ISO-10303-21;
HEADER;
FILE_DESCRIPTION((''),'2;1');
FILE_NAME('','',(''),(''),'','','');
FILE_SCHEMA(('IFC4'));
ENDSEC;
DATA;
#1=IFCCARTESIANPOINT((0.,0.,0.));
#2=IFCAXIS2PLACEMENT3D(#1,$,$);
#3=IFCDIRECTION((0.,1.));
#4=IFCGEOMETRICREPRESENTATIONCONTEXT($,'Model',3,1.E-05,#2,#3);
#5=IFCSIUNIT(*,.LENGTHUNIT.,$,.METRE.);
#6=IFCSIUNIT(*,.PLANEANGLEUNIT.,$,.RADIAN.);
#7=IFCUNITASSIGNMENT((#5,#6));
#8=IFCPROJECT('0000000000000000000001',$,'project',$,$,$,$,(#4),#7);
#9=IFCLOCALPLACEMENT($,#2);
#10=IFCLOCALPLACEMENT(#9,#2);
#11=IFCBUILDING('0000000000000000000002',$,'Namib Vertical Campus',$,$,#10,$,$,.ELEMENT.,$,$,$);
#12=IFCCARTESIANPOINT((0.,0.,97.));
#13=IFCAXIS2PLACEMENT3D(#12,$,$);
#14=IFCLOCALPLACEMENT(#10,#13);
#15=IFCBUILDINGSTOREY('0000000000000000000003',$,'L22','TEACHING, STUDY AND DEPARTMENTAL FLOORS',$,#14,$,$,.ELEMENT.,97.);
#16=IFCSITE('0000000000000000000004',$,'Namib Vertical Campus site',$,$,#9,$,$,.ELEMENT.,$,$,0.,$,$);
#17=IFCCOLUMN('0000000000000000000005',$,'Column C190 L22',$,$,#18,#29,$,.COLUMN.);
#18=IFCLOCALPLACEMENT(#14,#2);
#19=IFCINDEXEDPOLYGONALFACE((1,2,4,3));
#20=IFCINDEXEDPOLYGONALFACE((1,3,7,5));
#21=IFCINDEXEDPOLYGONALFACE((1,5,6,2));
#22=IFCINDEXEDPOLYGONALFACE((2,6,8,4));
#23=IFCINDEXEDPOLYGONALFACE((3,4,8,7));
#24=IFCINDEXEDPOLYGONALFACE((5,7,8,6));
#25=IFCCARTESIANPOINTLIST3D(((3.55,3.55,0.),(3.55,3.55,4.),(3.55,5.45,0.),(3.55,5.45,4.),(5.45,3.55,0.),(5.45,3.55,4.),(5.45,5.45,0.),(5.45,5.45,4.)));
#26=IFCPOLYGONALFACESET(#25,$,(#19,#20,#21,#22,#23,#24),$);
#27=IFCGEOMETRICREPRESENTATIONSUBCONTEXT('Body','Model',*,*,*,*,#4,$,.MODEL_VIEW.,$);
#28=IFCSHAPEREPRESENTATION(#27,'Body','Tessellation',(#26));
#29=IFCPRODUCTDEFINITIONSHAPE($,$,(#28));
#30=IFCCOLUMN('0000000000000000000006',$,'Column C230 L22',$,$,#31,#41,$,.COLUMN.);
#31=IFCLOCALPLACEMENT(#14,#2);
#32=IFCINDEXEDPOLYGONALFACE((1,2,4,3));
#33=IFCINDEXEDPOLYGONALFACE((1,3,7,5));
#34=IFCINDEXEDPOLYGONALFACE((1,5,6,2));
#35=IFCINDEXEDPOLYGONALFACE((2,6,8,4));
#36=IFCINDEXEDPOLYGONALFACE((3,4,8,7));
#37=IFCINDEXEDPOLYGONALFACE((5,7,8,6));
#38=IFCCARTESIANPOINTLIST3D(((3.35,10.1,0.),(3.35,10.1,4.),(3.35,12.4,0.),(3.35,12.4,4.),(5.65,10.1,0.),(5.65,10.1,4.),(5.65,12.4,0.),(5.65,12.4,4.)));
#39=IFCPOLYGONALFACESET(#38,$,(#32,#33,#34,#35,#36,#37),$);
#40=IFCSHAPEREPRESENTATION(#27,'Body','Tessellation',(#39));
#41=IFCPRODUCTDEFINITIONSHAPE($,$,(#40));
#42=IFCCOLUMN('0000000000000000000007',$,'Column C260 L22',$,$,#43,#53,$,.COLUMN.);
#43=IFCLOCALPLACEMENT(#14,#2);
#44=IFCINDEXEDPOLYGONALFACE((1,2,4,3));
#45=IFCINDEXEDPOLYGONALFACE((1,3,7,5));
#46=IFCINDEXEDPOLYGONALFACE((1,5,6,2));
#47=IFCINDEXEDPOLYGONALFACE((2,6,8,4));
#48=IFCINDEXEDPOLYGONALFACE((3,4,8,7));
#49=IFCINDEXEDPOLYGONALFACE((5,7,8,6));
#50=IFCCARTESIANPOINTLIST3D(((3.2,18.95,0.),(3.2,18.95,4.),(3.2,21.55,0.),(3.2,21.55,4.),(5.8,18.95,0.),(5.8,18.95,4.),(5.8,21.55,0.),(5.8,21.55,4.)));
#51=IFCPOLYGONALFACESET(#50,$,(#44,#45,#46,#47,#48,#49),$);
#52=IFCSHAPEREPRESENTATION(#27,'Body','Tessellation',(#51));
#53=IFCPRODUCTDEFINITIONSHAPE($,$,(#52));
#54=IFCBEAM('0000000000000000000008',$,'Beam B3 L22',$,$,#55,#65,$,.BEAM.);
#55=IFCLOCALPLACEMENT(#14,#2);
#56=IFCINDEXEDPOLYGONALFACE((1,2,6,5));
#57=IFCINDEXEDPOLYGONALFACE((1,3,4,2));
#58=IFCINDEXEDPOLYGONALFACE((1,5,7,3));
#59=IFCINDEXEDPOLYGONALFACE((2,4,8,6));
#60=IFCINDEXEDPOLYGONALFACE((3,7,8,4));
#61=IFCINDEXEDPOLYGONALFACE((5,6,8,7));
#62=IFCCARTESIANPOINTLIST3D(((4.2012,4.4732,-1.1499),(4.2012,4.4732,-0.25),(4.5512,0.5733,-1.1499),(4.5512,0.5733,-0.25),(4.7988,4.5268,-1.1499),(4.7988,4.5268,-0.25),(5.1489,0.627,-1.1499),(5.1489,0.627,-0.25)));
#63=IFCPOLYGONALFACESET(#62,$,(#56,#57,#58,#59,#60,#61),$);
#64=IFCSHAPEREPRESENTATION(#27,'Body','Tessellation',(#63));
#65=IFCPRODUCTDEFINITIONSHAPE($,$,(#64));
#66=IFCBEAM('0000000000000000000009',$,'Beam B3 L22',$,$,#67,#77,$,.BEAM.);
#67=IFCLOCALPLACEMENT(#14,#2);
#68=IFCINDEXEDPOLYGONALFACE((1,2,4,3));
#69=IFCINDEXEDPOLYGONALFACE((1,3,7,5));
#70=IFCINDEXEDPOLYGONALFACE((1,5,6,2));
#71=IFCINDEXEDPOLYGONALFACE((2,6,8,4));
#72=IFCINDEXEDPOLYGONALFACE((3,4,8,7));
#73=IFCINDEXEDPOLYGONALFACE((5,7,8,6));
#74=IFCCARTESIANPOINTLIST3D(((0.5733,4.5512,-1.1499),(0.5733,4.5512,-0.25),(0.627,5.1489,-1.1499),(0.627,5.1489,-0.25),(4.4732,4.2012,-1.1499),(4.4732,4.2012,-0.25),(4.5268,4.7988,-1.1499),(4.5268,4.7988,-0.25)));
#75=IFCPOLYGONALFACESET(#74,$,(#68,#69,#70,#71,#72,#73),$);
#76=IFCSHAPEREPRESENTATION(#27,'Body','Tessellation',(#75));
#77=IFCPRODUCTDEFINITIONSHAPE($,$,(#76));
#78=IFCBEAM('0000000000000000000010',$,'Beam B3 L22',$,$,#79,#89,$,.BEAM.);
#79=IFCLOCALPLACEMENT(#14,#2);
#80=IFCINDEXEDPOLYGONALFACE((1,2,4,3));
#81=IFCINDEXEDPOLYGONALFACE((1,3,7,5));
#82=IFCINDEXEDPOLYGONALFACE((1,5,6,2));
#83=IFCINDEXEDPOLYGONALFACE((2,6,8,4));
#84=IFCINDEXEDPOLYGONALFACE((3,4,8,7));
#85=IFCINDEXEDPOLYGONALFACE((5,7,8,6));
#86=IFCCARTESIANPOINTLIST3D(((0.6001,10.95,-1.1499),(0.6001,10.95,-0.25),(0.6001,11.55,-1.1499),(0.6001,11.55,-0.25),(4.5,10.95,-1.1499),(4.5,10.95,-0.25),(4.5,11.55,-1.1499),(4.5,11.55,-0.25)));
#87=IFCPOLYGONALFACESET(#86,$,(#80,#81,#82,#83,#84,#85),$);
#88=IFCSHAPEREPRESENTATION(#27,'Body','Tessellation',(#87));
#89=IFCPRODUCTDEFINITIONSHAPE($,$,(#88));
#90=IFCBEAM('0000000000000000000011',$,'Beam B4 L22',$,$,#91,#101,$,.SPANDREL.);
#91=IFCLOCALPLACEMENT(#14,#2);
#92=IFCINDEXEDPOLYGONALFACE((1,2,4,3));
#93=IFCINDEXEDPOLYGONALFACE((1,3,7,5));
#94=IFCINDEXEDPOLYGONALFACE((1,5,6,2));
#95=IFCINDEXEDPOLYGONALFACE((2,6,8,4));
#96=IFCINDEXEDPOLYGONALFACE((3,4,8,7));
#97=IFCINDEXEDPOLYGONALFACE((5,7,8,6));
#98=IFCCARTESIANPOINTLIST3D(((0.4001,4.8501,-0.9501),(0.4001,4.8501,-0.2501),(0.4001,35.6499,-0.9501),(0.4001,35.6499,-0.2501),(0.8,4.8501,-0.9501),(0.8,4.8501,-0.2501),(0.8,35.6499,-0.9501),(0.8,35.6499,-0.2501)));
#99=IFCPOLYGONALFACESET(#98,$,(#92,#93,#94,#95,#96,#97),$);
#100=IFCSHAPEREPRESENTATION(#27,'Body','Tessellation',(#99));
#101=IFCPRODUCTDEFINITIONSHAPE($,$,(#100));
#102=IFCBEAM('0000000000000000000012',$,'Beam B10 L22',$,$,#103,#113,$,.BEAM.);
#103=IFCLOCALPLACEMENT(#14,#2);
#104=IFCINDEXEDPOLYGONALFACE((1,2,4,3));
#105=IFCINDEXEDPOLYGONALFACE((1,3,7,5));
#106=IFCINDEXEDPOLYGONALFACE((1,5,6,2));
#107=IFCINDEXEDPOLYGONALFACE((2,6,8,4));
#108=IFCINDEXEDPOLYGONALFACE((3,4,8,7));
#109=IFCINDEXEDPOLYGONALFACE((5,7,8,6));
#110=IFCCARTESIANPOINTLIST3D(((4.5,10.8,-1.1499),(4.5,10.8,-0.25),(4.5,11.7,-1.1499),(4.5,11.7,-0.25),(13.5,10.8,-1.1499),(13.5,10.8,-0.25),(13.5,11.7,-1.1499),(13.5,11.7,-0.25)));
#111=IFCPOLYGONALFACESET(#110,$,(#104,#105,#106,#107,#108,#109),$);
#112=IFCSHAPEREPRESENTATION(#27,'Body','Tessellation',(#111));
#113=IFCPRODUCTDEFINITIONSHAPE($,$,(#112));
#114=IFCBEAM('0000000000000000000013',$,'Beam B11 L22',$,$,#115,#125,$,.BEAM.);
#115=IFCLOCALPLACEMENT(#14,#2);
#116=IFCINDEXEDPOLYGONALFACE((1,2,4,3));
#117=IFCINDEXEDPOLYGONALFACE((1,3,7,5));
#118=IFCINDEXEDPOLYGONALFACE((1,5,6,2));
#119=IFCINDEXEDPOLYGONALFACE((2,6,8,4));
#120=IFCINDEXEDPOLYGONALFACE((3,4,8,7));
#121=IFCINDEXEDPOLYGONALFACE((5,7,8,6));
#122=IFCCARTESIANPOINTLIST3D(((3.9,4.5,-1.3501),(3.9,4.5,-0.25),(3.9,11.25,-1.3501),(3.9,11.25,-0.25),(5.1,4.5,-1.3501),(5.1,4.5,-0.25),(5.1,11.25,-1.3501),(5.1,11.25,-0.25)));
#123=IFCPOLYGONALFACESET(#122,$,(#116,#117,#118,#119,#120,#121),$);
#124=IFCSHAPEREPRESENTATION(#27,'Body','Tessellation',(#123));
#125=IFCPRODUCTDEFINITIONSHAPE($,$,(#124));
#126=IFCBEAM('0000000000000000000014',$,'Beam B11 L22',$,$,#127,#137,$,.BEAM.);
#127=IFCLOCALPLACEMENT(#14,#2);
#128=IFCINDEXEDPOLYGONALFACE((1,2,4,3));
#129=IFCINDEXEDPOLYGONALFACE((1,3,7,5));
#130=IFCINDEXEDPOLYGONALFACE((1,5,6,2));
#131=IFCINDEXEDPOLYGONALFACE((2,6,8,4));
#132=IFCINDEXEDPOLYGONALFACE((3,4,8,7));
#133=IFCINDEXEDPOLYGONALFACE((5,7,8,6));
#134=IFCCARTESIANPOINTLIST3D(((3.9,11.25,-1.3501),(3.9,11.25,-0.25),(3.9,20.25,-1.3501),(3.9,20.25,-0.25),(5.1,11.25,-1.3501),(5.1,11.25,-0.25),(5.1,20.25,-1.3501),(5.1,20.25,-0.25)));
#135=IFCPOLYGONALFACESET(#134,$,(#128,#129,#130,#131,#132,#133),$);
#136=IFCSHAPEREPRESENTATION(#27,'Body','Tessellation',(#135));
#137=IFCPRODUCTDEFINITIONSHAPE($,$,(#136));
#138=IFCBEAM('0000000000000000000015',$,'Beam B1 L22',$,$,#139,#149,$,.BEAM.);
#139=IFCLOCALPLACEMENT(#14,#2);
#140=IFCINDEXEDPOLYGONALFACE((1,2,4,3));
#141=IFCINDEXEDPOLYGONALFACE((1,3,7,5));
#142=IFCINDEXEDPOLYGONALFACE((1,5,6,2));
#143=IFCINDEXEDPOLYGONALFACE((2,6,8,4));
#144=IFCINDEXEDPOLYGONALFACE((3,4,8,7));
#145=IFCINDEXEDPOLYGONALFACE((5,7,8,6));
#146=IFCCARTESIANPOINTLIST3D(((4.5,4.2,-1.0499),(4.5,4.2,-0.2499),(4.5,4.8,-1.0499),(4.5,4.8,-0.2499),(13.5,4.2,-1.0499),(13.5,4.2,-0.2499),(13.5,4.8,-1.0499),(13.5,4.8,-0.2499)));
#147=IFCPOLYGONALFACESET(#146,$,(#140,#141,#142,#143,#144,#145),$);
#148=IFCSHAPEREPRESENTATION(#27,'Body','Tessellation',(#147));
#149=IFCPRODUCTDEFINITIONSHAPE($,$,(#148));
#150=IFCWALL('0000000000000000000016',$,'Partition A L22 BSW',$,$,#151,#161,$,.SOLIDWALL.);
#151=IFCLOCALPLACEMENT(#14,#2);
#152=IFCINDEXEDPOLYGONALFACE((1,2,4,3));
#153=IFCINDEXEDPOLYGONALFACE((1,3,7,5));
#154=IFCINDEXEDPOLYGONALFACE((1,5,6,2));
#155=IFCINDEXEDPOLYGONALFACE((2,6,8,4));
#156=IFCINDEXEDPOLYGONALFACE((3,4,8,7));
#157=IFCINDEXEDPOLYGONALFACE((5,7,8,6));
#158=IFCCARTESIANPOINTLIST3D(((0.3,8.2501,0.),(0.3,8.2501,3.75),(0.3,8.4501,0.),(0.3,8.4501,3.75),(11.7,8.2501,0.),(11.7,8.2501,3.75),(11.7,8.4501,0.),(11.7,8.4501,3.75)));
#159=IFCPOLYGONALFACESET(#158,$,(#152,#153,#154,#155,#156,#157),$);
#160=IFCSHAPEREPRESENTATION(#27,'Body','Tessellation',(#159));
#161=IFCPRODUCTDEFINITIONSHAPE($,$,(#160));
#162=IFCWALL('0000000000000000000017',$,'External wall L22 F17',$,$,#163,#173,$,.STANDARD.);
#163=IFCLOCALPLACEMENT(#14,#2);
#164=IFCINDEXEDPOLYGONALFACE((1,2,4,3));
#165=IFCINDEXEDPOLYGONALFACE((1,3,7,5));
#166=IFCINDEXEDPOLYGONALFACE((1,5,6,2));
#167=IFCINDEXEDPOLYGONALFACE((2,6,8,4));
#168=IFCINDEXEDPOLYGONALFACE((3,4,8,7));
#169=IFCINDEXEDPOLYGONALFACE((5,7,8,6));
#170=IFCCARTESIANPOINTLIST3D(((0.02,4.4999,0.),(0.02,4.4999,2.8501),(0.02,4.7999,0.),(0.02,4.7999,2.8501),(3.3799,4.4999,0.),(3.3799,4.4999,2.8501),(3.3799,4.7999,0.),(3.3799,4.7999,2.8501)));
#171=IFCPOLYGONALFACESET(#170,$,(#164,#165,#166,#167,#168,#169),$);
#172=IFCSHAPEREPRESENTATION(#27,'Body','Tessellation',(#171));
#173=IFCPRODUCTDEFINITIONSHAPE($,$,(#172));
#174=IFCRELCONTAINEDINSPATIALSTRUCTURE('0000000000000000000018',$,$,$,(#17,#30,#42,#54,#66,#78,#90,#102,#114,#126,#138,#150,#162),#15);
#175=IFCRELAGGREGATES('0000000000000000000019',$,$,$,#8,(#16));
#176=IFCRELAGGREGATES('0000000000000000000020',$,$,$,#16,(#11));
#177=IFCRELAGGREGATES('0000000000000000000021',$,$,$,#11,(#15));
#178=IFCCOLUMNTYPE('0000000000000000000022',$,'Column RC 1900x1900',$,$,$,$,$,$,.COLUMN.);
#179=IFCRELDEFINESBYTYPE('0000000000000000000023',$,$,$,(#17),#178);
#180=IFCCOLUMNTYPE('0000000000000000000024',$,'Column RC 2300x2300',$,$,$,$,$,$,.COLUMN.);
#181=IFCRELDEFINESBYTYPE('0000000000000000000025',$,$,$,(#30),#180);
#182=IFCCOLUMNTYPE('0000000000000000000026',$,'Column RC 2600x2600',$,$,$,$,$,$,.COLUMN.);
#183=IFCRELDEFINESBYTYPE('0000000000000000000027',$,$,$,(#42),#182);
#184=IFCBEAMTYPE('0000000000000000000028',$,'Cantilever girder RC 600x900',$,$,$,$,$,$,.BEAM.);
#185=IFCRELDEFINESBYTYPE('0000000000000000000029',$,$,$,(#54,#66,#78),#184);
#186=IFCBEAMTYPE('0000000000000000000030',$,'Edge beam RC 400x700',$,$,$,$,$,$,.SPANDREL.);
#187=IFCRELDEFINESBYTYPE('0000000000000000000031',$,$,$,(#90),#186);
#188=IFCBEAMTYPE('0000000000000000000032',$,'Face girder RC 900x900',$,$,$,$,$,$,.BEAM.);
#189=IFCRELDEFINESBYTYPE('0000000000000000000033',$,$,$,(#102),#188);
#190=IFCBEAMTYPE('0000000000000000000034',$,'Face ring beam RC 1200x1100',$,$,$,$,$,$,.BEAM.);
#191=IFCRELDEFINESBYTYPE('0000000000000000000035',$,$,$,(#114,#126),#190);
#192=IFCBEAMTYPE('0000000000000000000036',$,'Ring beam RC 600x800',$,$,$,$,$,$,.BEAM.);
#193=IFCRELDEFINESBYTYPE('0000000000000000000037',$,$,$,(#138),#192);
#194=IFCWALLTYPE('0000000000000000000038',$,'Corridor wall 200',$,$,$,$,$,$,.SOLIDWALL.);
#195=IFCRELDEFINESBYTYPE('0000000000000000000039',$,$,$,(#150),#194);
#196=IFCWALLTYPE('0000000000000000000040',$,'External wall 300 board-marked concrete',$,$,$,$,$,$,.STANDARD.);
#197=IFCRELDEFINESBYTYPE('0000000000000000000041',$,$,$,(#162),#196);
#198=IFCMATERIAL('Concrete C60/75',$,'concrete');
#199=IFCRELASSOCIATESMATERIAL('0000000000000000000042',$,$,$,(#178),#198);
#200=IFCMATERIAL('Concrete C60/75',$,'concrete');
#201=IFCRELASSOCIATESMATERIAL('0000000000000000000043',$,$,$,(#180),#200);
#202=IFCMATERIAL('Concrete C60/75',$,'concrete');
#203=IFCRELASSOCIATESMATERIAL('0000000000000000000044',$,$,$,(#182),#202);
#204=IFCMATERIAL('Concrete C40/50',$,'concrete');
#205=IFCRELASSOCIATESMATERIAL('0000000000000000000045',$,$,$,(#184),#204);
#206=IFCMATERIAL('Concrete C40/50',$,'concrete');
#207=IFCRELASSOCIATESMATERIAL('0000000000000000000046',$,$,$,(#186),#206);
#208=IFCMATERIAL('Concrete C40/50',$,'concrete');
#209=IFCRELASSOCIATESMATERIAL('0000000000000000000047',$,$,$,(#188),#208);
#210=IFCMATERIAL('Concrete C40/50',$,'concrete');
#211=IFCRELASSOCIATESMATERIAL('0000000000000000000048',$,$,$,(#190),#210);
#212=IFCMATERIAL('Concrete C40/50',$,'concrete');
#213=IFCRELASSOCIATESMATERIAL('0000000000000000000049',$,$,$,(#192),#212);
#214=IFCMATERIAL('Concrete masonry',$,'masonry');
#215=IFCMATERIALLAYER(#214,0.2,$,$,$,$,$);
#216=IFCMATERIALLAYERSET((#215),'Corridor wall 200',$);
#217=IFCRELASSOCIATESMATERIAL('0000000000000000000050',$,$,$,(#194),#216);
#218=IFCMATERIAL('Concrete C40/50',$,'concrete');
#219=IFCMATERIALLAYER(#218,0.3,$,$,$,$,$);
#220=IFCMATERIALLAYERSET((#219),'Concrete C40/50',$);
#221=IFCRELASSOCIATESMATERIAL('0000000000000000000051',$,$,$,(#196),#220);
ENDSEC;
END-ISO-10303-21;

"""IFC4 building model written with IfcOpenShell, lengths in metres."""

from ifc_helpers import new_model, si_unit, direction, frame, frame_2d, origin, origin_2d, place, context, subcontext, project, spatial, rectangle, extrude, material, layer, layer_set, material_profile, profile_set, type_object, element, save


model = new_model("IFC4")

# Units and contexts
model_context = context("Model", 3, precision=1e-05, world=origin(), true_north=direction((0.0, 1.0)))
body_context = subcontext(model_context, "Body", "Model", "MODEL_VIEW")
ifc_project = project(units=[si_unit("LENGTHUNIT", "METRE"), si_unit("PLANEANGLEUNIT", "RADIAN")], contexts=[model_context])

# Site, building, storey
site_placement = place(None, origin())
site = spatial("IfcSite", under=ifc_project, at=site_placement, Name="Namib Vertical Campus site", CompositionType="ELEMENT", RefElevation=0.0)
building_placement = place(site_placement, origin())
building = spatial("IfcBuilding", under=site, at=building_placement, Name="Namib Vertical Campus", CompositionType="ELEMENT")
storey_placement = place(building_placement, frame((0.0, 0.0, 97.0)))
storey = spatial("IfcBuildingStorey", under=building, at=storey_placement, Name="L22", Description="TEACHING, STUDY AND DEPARTMENTAL FLOORS", CompositionType="ELEMENT", Elevation=97.0)

# Columns
ifc_material_1 = material(Name="Concrete C60/75", Category="concrete")
ifc_material_profile_1 = material_profile(ifc_material_1, rectangle(XDim=1.8999, YDim=1.8999, at=origin_2d()))
ifc_profile_set_1 = profile_set([ifc_material_profile_1], Name="Concrete C60/75")
column_type_1 = type_object("IfcColumnType", Name="Column RC 1900x1900", PredefinedType="COLUMN", material=ifc_profile_set_1)
column_1_placement = place(storey_placement, frame((4.5, 4.5, 0.0), z_axis=(0.0, 0.0, 1.0), x_axis=(1.0, 0.0, 0.0)))
element("IfcColumn", 1, at=column_1_placement, inside=storey, type_object=column_type_1, Name="Column C190 L22", PredefinedType="COLUMN", context=body_context, shape_type="SweptSolid", body=[
    extrude(rectangle(XDim=1.8999, YDim=1.8999, at=origin_2d()), origin(), (0.0, 0.0, 1.0), 4.0),
])
ifc_material_2 = material(Name="Concrete C60/75", Category="concrete")
ifc_material_profile_2 = material_profile(ifc_material_2, rectangle(XDim=2.3, YDim=2.3, at=origin_2d()))
ifc_profile_set_2 = profile_set([ifc_material_profile_2], Name="Concrete C60/75")
column_type_2 = type_object("IfcColumnType", Name="Column RC 2300x2300", PredefinedType="COLUMN", material=ifc_profile_set_2)
column_2_placement = place(storey_placement, frame((4.5, 11.25, 0.0), z_axis=(0.0, 0.0, 1.0), x_axis=(1.0, 0.0, 0.0)))
element("IfcColumn", 2, at=column_2_placement, inside=storey, type_object=column_type_2, Name="Column C230 L22", PredefinedType="COLUMN", context=body_context, shape_type="SweptSolid", body=[
    extrude(rectangle(XDim=2.3, YDim=2.3, at=origin_2d()), origin(), (0.0, 0.0, 1.0), 4.0),
])
ifc_material_3 = material(Name="Concrete C60/75", Category="concrete")
ifc_material_profile_3 = material_profile(ifc_material_3, rectangle(XDim=2.6001, YDim=2.6001, at=origin_2d()))
ifc_profile_set_3 = profile_set([ifc_material_profile_3], Name="Concrete C60/75")
column_type_3 = type_object("IfcColumnType", Name="Column RC 2600x2600", PredefinedType="COLUMN", material=ifc_profile_set_3)
column_3_placement = place(storey_placement, frame((4.5, 20.25, 0.0), z_axis=(0.0, 0.0, 1.0), x_axis=(1.0, 0.0, 0.0)))
element("IfcColumn", 3, at=column_3_placement, inside=storey, type_object=column_type_3, Name="Column C260 L22", PredefinedType="COLUMN", context=body_context, shape_type="SweptSolid", body=[
    extrude(rectangle(XDim=2.6001, YDim=2.6001, at=origin_2d()), origin(), (0.0, 0.0, 1.0), 4.0),
])

# Beams
ifc_material_4 = material(Name="Concrete C40/50", Category="concrete")
ifc_material_profile_4 = material_profile(ifc_material_4, rectangle(XDim=0.6001, YDim=0.8999, at=origin_2d()))
ifc_profile_set_4 = profile_set([ifc_material_profile_4], Name="Concrete C40/50")
beam_type_1 = type_object("IfcBeamType", Name="Cantilever girder RC 600x900", PredefinedType="BEAM", material=ifc_profile_set_4)
for number, where, z_axis, x_axis, name in (
    (4, (4.5, 4.5, -0.7), (0.089411, -0.995995, 0.0), (0.995995, 0.089411, 0.0), "Beam B3 L22"),
    (5, (4.5, 4.5, -0.7), (-0.995995, 0.089411, 0.0), (-0.089411, -0.995995, 0.0), "Beam B3 L22"),
):
    element("IfcBeam", number, at=place(storey_placement, frame(where, z_axis=z_axis, x_axis=x_axis)), inside=storey, type_object=beam_type_1, Name=name, PredefinedType="BEAM", context=body_context, shape_type="SweptSolid", body=[
        extrude(rectangle(XDim=0.6001, YDim=0.8999, at=origin_2d()), origin(), (0.0, 0.0, 1.0), 3.9155),
    ])
beam_1_placement = place(storey_placement, frame((4.5, 11.25, -0.7), z_axis=(-1.0, 0.0, 0.0), x_axis=(0.0, -1.0, 0.0)))
element("IfcBeam", 6, at=beam_1_placement, inside=storey, type_object=beam_type_1, Name="Beam B3 L22", PredefinedType="BEAM", context=body_context, shape_type="SweptSolid", body=[
    extrude(rectangle(XDim=0.6001, YDim=0.8999, at=origin_2d()), origin(), (0.0, 0.0, 1.0), 3.8999),
])
ifc_material_5 = material(Name="Concrete C40/50", Category="concrete")
ifc_material_profile_5 = material_profile(ifc_material_5, rectangle(XDim=0.3999, YDim=0.7, at=origin_2d()))
ifc_profile_set_5 = profile_set([ifc_material_profile_5], Name="Concrete C40/50")
beam_type_2 = type_object("IfcBeamType", Name="Edge beam RC 400x700", PredefinedType="SPANDREL", material=ifc_profile_set_5)
beam_2_placement = place(storey_placement, frame((0.6001, 4.8501, -0.6001), z_axis=(0.0, 1.0, 0.0), x_axis=(-1.0, 0.0, 0.0)))
element("IfcBeam", 7, at=beam_2_placement, inside=storey, type_object=beam_type_2, Name="Beam B4 L22", PredefinedType="SPANDREL", context=body_context, shape_type="SweptSolid", body=[
    extrude(rectangle(XDim=0.3999, YDim=0.7, at=origin_2d()), origin(), (0.0, 0.0, 1.0), 30.7998),
])
ifc_material_6 = material(Name="Concrete C40/50", Category="concrete")
ifc_material_profile_6 = material_profile(ifc_material_6, rectangle(XDim=0.8999, YDim=0.8999, at=origin_2d()))
ifc_profile_set_6 = profile_set([ifc_material_profile_6], Name="Concrete C40/50")
beam_type_3 = type_object("IfcBeamType", Name="Face girder RC 900x900", PredefinedType="BEAM", material=ifc_profile_set_6)
beam_3_placement = place(storey_placement, frame((4.5, 11.25, -0.7), z_axis=(1.0, 0.0, 0.0), x_axis=(0.0, 1.0, 0.0)))
element("IfcBeam", 8, at=beam_3_placement, inside=storey, type_object=beam_type_3, Name="Beam B10 L22", PredefinedType="BEAM", context=body_context, shape_type="SweptSolid", body=[
    extrude(rectangle(XDim=0.8999, YDim=0.8999, at=origin_2d()), origin(), (0.0, 0.0, 1.0), 9.0),
])
ifc_material_7 = material(Name="Concrete C40/50", Category="concrete")
ifc_material_profile_7 = material_profile(ifc_material_7, rectangle(XDim=1.2, YDim=1.1001, at=origin_2d()))
ifc_profile_set_7 = profile_set([ifc_material_profile_7], Name="Concrete C40/50")
beam_type_4 = type_object("IfcBeamType", Name="Face ring beam RC 1200x1100", PredefinedType="BEAM", material=ifc_profile_set_7)
beam_4_placement = place(storey_placement, frame((4.5, 4.5, -0.8), z_axis=(0.0, 1.0, 0.0), x_axis=(-1.0, 0.0, 0.0)))
element("IfcBeam", 9, at=beam_4_placement, inside=storey, type_object=beam_type_4, Name="Beam B11 L22", PredefinedType="BEAM", context=body_context, shape_type="SweptSolid", body=[
    extrude(rectangle(XDim=1.2, YDim=1.1001, at=origin_2d()), origin(), (0.0, 0.0, 1.0), 6.75),
])
beam_5_placement = place(storey_placement, frame((4.5, 11.25, -0.8), z_axis=(0.0, 1.0, 0.0), x_axis=(-1.0, 0.0, 0.0)))
element("IfcBeam", 10, at=beam_5_placement, inside=storey, type_object=beam_type_4, Name="Beam B11 L22", PredefinedType="BEAM", context=body_context, shape_type="SweptSolid", body=[
    extrude(rectangle(XDim=1.2, YDim=1.1001, at=origin_2d()), origin(), (0.0, 0.0, 1.0), 9.0),
])
ifc_material_8 = material(Name="Concrete C40/50", Category="concrete")
ifc_material_profile_8 = material_profile(ifc_material_8, rectangle(XDim=0.6001, YDim=0.8, at=origin_2d()))
ifc_profile_set_8 = profile_set([ifc_material_profile_8], Name="Concrete C40/50")
beam_type_5 = type_object("IfcBeamType", Name="Ring beam RC 600x800", PredefinedType="BEAM", material=ifc_profile_set_8)
beam_6_placement = place(storey_placement, frame((4.5, 4.5, -0.6499), z_axis=(1.0, 0.0, 0.0), x_axis=(0.0, 1.0, 0.0)))
element("IfcBeam", 11, at=beam_6_placement, inside=storey, type_object=beam_type_5, Name="Beam B1 L22", PredefinedType="BEAM", context=body_context, shape_type="SweptSolid", body=[
    extrude(rectangle(XDim=0.6001, YDim=0.8, at=origin_2d()), origin(), (0.0, 0.0, 1.0), 9.0),
])

# Walls
ifc_material_9 = material(Name="Concrete masonry", Category="masonry")
ifc_layer_1 = layer(ifc_material_9, 0.2)
ifc_layer_set_1 = layer_set([ifc_layer_1], Name="Corridor wall 200")
wall_type_1 = type_object("IfcWallType", Name="Corridor wall 200", PredefinedType="SOLIDWALL", material=ifc_layer_set_1)
wall_1_placement = place(storey_placement, frame((0.3, 8.3501, 0.0), z_axis=(0.0, 0.0, 1.0), x_axis=(1.0, 0.0, 0.0)))
element("IfcWall", 12, at=wall_1_placement, inside=storey, type_object=wall_type_1, Name="Partition A L22 BSW", PredefinedType="SOLIDWALL", context=body_context, shape_type="SweptSolid", body=[
    extrude(rectangle(XDim=11.3999, YDim=0.2, at=frame_2d((5.7, 0.0))), origin(), (0.0, 0.0, 1.0), 3.75),
])
ifc_material_10 = material(Name="Concrete C40/50", Category="concrete")
ifc_layer_2 = layer(ifc_material_10, 0.3)
ifc_layer_set_2 = layer_set([ifc_layer_2], Name="Concrete C40/50")
wall_type_2 = type_object("IfcWallType", Name="External wall 300 board-marked concrete", PredefinedType="STANDARD", material=ifc_layer_set_2)
wall_2_placement = place(storey_placement, frame((0.02, 4.6499, 0.0), z_axis=(0.0, 0.0, 1.0), x_axis=(1.0, 0.0, 0.0)))
element("IfcWall", 13, at=wall_2_placement, inside=storey, type_object=wall_type_2, Name="External wall L22 F17", PredefinedType="STANDARD", context=body_context, shape_type="SweptSolid", body=[
    extrude(rectangle(XDim=3.3599, YDim=0.3, at=frame_2d((1.6799, 0.0))), origin(), (0.0, 0.0, 1.0), 2.8501),
])

save(model, "model.ifc")
